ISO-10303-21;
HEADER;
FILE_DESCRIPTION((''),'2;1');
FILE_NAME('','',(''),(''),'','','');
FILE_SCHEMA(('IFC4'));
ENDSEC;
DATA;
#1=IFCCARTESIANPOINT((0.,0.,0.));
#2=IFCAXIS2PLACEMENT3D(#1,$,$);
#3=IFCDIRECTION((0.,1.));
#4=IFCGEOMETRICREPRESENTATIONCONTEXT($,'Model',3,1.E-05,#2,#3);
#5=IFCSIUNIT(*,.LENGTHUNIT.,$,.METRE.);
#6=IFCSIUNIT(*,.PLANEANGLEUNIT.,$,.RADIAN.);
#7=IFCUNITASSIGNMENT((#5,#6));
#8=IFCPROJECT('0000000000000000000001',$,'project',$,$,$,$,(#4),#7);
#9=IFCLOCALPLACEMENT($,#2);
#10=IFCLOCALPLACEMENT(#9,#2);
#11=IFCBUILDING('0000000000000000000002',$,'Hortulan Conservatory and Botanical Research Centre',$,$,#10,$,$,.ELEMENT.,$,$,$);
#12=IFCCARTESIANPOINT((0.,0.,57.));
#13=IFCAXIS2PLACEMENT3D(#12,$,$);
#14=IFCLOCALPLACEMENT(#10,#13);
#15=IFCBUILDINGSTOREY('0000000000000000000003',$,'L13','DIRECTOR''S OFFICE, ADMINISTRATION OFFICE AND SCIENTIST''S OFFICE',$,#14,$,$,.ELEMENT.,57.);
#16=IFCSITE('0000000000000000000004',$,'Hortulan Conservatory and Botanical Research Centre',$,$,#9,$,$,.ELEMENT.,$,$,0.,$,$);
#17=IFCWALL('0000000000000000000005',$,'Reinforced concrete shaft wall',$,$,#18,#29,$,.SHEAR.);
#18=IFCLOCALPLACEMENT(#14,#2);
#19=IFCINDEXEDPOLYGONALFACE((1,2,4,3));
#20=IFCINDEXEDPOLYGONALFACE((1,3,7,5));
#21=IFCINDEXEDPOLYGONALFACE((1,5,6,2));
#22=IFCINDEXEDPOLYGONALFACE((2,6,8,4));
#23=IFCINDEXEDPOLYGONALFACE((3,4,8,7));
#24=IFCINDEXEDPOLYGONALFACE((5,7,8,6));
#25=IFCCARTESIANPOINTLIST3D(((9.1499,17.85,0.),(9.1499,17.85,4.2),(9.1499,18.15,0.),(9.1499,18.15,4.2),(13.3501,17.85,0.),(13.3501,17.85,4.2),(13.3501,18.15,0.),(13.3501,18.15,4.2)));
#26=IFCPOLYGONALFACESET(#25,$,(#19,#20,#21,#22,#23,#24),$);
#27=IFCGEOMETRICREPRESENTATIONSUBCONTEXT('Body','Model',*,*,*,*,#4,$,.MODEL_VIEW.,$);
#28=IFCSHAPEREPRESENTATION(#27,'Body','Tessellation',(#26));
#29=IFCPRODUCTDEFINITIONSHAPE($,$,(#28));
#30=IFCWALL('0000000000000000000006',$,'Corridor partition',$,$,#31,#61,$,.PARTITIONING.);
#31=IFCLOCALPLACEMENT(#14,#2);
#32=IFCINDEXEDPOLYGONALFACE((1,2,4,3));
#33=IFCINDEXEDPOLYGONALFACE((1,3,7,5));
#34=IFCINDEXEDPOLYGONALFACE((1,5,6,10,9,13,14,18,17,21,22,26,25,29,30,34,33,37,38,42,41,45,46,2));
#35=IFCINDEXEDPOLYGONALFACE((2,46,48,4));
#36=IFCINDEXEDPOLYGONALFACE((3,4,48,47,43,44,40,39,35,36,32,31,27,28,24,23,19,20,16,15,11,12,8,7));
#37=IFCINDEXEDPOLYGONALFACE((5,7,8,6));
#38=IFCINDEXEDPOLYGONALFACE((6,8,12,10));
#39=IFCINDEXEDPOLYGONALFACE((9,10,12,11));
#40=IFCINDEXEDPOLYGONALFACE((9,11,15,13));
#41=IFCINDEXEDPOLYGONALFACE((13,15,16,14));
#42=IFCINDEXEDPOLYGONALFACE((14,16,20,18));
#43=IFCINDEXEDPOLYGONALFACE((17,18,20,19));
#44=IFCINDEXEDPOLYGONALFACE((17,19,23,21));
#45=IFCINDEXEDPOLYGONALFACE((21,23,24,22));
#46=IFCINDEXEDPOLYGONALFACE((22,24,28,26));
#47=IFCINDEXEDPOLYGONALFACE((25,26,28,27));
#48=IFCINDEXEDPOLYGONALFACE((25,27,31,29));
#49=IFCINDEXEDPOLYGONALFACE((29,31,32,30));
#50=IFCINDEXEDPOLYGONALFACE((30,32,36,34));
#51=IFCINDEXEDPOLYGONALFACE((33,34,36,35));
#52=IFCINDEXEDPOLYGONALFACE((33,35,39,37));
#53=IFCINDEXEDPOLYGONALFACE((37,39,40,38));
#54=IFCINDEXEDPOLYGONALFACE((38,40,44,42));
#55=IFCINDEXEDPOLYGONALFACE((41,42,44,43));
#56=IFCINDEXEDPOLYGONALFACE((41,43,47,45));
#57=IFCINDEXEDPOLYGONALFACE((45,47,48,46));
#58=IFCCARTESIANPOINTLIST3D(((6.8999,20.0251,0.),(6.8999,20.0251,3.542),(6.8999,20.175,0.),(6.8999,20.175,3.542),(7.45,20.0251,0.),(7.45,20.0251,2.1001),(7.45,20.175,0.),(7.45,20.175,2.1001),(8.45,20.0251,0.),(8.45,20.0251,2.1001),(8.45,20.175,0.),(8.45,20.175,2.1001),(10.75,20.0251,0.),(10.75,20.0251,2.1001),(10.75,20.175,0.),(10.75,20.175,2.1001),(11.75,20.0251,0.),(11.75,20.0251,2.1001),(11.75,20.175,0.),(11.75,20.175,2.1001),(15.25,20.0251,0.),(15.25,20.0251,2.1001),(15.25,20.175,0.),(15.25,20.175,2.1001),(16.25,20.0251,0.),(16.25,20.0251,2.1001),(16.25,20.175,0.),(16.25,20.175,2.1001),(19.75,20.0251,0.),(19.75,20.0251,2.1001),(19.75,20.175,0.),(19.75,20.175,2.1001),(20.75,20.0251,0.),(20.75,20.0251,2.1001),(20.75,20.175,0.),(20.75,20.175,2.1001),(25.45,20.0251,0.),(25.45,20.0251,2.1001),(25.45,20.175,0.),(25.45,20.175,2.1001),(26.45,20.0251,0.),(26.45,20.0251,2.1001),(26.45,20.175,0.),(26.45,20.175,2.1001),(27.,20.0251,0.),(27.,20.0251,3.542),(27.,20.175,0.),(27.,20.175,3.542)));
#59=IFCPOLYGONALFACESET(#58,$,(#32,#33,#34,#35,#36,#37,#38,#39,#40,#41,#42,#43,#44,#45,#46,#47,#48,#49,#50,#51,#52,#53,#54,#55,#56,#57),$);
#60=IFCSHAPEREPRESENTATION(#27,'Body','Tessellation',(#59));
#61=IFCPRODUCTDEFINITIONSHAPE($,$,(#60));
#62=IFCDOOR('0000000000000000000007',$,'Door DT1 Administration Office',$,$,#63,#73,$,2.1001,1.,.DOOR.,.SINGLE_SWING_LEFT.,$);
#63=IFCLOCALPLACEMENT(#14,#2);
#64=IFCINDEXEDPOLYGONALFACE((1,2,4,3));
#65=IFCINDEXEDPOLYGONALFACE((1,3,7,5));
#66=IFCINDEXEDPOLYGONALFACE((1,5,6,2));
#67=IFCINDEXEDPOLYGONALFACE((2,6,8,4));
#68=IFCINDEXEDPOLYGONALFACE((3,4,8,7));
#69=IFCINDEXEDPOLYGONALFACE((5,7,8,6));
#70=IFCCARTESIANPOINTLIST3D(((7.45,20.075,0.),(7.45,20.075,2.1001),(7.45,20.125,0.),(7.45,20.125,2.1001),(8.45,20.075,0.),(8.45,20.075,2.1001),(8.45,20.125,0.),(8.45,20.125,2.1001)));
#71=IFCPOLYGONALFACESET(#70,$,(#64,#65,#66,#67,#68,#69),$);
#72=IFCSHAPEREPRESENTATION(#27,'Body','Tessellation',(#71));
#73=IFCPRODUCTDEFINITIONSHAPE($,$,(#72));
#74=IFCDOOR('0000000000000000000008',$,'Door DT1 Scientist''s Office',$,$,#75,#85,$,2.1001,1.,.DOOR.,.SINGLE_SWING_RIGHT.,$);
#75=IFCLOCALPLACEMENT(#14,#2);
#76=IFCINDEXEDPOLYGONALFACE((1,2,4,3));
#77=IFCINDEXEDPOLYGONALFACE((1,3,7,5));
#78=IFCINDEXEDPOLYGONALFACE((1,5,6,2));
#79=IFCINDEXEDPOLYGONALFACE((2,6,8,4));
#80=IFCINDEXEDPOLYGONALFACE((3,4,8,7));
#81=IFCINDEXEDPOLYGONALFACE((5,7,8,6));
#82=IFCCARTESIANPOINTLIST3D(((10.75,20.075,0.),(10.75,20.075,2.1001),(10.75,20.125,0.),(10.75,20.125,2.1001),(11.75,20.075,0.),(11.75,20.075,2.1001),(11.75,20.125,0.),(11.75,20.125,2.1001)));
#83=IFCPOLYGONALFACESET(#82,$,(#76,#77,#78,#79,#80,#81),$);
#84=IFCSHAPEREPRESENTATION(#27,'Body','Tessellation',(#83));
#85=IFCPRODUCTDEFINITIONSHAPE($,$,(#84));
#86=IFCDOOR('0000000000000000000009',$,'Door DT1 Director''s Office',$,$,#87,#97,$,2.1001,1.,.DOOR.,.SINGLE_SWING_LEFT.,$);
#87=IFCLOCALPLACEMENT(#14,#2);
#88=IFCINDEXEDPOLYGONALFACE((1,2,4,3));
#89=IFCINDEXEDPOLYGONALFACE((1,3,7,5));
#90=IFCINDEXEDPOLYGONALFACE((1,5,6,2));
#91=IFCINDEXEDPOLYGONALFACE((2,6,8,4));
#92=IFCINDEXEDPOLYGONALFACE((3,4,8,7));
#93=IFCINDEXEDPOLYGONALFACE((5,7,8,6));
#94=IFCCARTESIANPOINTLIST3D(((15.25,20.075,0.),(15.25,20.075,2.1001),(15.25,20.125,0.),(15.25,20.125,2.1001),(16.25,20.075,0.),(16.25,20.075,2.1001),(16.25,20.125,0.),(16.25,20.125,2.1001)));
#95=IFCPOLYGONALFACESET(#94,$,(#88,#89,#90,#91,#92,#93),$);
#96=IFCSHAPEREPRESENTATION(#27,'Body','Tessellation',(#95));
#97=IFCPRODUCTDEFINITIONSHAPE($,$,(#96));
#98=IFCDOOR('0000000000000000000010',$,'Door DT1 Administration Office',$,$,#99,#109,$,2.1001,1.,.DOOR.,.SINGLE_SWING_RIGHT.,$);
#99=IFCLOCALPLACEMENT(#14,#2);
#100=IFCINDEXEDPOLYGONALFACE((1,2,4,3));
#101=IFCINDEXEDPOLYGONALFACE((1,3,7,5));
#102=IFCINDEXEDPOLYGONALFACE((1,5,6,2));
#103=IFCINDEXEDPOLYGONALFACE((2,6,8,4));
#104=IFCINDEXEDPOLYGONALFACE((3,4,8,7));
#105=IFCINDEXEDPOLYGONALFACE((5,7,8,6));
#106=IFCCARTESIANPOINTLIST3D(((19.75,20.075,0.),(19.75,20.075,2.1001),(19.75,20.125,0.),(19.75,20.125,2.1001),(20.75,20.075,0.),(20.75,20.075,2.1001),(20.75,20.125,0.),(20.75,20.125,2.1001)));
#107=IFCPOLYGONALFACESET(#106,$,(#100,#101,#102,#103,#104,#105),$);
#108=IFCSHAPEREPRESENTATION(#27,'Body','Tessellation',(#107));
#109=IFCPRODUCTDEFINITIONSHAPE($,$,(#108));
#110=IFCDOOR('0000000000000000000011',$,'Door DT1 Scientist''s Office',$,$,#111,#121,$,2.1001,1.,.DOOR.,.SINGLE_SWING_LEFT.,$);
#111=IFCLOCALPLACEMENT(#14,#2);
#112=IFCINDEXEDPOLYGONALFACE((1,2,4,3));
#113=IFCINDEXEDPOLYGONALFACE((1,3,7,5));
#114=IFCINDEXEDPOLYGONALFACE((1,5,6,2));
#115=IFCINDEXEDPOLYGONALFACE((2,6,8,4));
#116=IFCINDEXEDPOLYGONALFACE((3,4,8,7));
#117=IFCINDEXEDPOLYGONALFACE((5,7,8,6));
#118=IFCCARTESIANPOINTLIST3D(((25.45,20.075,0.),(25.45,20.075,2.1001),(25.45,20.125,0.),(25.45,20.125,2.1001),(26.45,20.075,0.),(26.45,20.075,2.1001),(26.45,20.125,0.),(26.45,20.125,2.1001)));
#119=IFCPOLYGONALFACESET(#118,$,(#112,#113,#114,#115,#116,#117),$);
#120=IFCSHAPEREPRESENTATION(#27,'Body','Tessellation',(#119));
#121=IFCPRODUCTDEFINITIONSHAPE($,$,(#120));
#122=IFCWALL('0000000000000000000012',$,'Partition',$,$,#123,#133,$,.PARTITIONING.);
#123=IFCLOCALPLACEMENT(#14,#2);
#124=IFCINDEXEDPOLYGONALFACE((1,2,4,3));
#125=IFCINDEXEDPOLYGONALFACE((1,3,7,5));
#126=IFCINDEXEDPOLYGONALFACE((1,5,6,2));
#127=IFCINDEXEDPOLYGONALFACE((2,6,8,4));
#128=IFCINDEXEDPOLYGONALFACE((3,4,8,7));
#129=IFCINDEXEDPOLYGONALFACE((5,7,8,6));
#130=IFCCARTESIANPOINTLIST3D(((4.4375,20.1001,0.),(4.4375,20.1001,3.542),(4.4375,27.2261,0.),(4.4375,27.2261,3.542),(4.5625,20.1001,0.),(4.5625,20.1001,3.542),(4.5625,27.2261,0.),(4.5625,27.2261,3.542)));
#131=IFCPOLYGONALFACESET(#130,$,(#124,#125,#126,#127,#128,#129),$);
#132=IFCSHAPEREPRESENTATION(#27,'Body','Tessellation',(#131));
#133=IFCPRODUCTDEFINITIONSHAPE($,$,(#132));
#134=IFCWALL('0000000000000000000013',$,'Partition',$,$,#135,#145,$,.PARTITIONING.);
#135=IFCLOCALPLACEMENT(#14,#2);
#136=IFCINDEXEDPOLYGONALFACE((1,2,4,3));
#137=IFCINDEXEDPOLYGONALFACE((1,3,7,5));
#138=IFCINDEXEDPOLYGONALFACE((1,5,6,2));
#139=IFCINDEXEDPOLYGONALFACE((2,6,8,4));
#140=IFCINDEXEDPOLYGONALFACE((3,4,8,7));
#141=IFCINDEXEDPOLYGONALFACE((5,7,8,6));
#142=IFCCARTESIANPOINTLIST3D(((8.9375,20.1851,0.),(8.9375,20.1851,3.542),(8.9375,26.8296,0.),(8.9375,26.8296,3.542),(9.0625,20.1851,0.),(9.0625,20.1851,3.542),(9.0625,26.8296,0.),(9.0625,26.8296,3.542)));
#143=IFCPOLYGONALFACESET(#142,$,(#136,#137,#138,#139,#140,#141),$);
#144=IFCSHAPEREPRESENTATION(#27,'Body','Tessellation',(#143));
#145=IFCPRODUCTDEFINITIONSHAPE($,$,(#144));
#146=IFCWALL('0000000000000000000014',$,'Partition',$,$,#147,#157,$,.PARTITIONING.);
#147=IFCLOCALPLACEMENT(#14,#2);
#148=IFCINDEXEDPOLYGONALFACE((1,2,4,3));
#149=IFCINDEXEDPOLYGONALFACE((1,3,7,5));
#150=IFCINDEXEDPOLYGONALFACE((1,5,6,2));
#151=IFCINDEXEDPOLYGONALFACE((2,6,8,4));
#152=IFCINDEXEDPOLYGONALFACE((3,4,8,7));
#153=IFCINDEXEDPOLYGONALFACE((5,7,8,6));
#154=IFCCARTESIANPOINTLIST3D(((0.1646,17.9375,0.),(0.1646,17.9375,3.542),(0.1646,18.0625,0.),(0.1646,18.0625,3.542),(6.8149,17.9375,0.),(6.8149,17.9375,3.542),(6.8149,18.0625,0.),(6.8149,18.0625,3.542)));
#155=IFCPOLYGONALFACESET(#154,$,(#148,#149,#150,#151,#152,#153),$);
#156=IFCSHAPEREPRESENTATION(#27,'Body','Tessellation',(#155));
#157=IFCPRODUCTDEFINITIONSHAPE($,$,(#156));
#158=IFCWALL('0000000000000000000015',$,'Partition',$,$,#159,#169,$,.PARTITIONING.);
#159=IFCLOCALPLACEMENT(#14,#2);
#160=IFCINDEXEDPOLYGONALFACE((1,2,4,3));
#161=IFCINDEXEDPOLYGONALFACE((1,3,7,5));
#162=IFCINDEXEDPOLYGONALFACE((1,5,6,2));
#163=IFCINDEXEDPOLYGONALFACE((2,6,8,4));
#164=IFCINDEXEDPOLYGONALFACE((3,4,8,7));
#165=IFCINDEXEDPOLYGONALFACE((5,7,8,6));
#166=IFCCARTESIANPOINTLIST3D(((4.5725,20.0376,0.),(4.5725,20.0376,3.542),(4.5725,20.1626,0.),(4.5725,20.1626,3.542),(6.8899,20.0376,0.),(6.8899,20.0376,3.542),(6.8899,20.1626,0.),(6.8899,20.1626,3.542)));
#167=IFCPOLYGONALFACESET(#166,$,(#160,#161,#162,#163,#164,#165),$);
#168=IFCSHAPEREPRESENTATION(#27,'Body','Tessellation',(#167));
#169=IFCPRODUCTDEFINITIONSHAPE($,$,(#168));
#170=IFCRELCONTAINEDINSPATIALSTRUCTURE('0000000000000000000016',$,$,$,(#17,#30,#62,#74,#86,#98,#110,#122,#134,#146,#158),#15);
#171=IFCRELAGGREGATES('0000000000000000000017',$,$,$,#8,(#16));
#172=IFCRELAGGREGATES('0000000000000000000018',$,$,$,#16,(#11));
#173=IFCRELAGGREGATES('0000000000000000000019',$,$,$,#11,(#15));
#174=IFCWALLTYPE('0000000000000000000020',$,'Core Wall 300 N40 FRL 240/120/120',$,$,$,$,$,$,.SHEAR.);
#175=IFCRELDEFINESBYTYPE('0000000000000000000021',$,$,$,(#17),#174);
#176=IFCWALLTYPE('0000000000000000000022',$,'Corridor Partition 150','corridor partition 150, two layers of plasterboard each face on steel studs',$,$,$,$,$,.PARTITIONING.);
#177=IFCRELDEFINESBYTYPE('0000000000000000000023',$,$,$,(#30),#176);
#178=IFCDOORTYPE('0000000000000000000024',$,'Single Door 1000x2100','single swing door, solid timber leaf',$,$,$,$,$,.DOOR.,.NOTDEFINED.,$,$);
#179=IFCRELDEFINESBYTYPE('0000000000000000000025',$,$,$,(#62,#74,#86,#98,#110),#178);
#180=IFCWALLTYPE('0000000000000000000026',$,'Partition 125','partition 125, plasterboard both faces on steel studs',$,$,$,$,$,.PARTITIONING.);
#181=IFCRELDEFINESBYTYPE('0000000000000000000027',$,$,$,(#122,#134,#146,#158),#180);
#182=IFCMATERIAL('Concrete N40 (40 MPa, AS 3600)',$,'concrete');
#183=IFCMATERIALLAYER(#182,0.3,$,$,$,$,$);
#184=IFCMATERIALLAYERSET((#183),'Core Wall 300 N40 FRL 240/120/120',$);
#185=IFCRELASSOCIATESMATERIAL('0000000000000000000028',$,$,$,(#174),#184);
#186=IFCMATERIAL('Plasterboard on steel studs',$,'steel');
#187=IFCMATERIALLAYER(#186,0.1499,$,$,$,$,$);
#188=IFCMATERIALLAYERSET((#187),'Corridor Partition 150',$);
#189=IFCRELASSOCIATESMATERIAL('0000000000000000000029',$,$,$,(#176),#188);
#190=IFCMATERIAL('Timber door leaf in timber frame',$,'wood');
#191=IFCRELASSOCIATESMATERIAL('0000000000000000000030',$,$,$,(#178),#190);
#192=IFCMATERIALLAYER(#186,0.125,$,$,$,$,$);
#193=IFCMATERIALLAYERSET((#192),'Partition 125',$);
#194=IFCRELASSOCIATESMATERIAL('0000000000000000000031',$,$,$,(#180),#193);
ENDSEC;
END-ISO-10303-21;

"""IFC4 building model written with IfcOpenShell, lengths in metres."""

from ifc_helpers import new_model, si_unit, direction, frame, frame_2d, origin, place, context, subcontext, project, spatial, rectangle, extrude, material, layer, layer_set, type_object, element, fill, save


model = new_model("IFC4")

# Units and contexts
model_context = context("Model", 3, precision=1e-05, world=origin(), true_north=direction((0.0, 1.0)))
body_context = subcontext(model_context, "Body", "Model", "MODEL_VIEW")
ifc_project = project(units=[si_unit("LENGTHUNIT", "METRE"), si_unit("PLANEANGLEUNIT", "RADIAN")], contexts=[model_context])

# Site, building, storey
site_placement = place(None, origin())
site = spatial("IfcSite", under=ifc_project, at=site_placement, Name="Hortulan Conservatory and Botanical Research Centre", CompositionType="ELEMENT", RefElevation=0.0)
building_placement = place(site_placement, origin())
building = spatial("IfcBuilding", under=site, at=building_placement, Name="Hortulan Conservatory and Botanical Research Centre", CompositionType="ELEMENT")
storey_placement = place(building_placement, frame((0.0, 0.0, 57.0)))
storey = spatial("IfcBuildingStorey", under=building, at=storey_placement, Name="L13", Description="DIRECTOR'S OFFICE, ADMINISTRATION OFFICE AND SCIENTIST'S OFFICE", CompositionType="ELEMENT", Elevation=57.0)

# Wall
ifc_material_1 = material(Name="Concrete N40 (40 MPa, AS 3600)", Category="concrete")
ifc_layer_1 = layer(ifc_material_1, 0.3)
ifc_layer_set_1 = layer_set([ifc_layer_1], Name="Core Wall 300 N40 FRL 240/120/120")
wall_type_1 = type_object("IfcWallType", Name="Core Wall 300 N40 FRL 240/120/120", PredefinedType="SHEAR", material=ifc_layer_set_1)
wall_1_placement = place(storey_placement, frame((9.1499, 18.0, 0.0), z_axis=(0.0, 0.0, 1.0), x_axis=(1.0, 0.0, 0.0)))
element("IfcWall", 1, at=wall_1_placement, inside=storey, type_object=wall_type_1, Name="Reinforced concrete shaft wall", PredefinedType="SHEAR", context=body_context, shape_type="SweptSolid", body=[
    extrude(rectangle(XDim=4.2002, YDim=0.3, at=frame_2d((2.1001, 0.0))), origin(), (0.0, 0.0, 1.0), 4.2),
])

# Wall, openings, doors
ifc_material_2 = material(Name="Plasterboard on steel studs", Category="steel")
ifc_layer_2 = layer(ifc_material_2, 0.1499)
ifc_layer_set_2 = layer_set([ifc_layer_2], Name="Corridor Partition 150")
wall_type_2 = type_object("IfcWallType", Name="Corridor Partition 150", Description="corridor partition 150, two layers of plasterboard each face on steel studs", PredefinedType="PARTITIONING", material=ifc_layer_set_2)
wall_2_placement = place(storey_placement, frame((6.8999, 20.1001, 0.0), z_axis=(0.0, 0.0, 1.0), x_axis=(1.0, 0.0, 0.0)))
wall_2 = element("IfcWall", 2, at=wall_2_placement, inside=storey, type_object=wall_type_2, Name="Corridor partition", PredefinedType="PARTITIONING", context=body_context, shape_type="SweptSolid", body=[
    extrude(rectangle(XDim=20.1001, YDim=0.1499, at=frame_2d((10.05, 0.0))), origin(), (0.0, 0.0, 1.0), 3.542),
])
opening_1_placement = place(wall_2_placement, frame((0.55, 0.0, 0.0)))
opening_1 = element("IfcOpeningElement", 3, at=opening_1_placement, cuts=wall_2, PredefinedType="OPENING", context=body_context, shape_type="SweptSolid", body=[
    extrude(rectangle(XDim=1.0, YDim=2.1001, at=frame_2d((0.5, 1.05))), frame((0.0, 0.085, 0.0), z_axis=(0.0, -1.0, 0.0), x_axis=(1.0, 0.0, 0.0)), (0.0, 0.0, 1.0), 0.1699),
])
opening_2_placement = place(wall_2_placement, frame((3.8501, 0.0, 0.0)))
opening_2 = element("IfcOpeningElement", 4, at=opening_2_placement, cuts=wall_2, PredefinedType="OPENING", context=body_context, shape_type="SweptSolid", body=[
    extrude(rectangle(XDim=1.0, YDim=2.1001, at=frame_2d((0.5, 1.05))), frame((0.0, 0.085, 0.0), z_axis=(0.0, -1.0, 0.0), x_axis=(1.0, 0.0, 0.0)), (0.0, 0.0, 1.0), 0.1699),
])
opening_3_placement = place(wall_2_placement, frame((8.3501, 0.0, 0.0)))
opening_3 = element("IfcOpeningElement", 5, at=opening_3_placement, cuts=wall_2, PredefinedType="OPENING", context=body_context, shape_type="SweptSolid", body=[
    extrude(rectangle(XDim=1.0, YDim=2.1001, at=frame_2d((0.5, 1.05))), frame((0.0, 0.085, 0.0), z_axis=(0.0, -1.0, 0.0), x_axis=(1.0, 0.0, 0.0)), (0.0, 0.0, 1.0), 0.1699),
])
opening_4_placement = place(wall_2_placement, frame((12.8501, 0.0, 0.0)))
opening_4 = element("IfcOpeningElement", 6, at=opening_4_placement, cuts=wall_2, PredefinedType="OPENING", context=body_context, shape_type="SweptSolid", body=[
    extrude(rectangle(XDim=1.0, YDim=2.1001, at=frame_2d((0.5, 1.05))), frame((0.0, 0.085, 0.0), z_axis=(0.0, -1.0, 0.0), x_axis=(1.0, 0.0, 0.0)), (0.0, 0.0, 1.0), 0.1699),
])
opening_5_placement = place(wall_2_placement, frame((18.55, 0.0, 0.0)))
opening_5 = element("IfcOpeningElement", 7, at=opening_5_placement, cuts=wall_2, PredefinedType="OPENING", context=body_context, shape_type="SweptSolid", body=[
    extrude(rectangle(XDim=1.0, YDim=2.1001, at=frame_2d((0.5, 1.05))), frame((0.0, 0.085, 0.0), z_axis=(0.0, -1.0, 0.0), x_axis=(1.0, 0.0, 0.0)), (0.0, 0.0, 1.0), 0.1699),
])
ifc_material_3 = material(Name="Timber door leaf in timber frame", Category="wood")
door_type = type_object("IfcDoorType", Name="Single Door 1000x2100", Description="single swing door, solid timber leaf", OperationType="NOTDEFINED", PredefinedType="DOOR", material=ifc_material_3)
door_1_placement = place(opening_1_placement, origin())
door_1 = element("IfcDoor", 8, at=door_1_placement, inside=storey, type_object=door_type, Name="Door DT1 Administration Office", OperationType="SINGLE_SWING_LEFT", OverallHeight=2.1001, OverallWidth=1.0, PredefinedType="DOOR", context=body_context, shape_type="SweptSolid", body=[
    extrude(rectangle(XDim=1.0, YDim=2.1001, at=frame_2d((0.5, 1.05))), frame((0.0, 0.0249, 0.0), z_axis=(0.0, -1.0, 0.0), x_axis=(1.0, 0.0, 0.0)), (0.0, 0.0, 1.0), 0.05),
])
fill(opening_1, door_1)
door_2_placement = place(opening_2_placement, origin())
door_2 = element("IfcDoor", 9, at=door_2_placement, inside=storey, type_object=door_type, Name="Door DT1 Scientist's Office", OperationType="SINGLE_SWING_RIGHT", OverallHeight=2.1001, OverallWidth=1.0, PredefinedType="DOOR", context=body_context, shape_type="SweptSolid", body=[
    extrude(rectangle(XDim=1.0, YDim=2.1001, at=frame_2d((0.5, 1.05))), frame((0.0, 0.0249, 0.0), z_axis=(0.0, -1.0, 0.0), x_axis=(1.0, 0.0, 0.0)), (0.0, 0.0, 1.0), 0.05),
])
fill(opening_2, door_2)
door_3_placement = place(opening_3_placement, origin())
door_3 = element("IfcDoor", 10, at=door_3_placement, inside=storey, type_object=door_type, Name="Door DT1 Director's Office", OperationType="SINGLE_SWING_LEFT", OverallHeight=2.1001, OverallWidth=1.0, PredefinedType="DOOR", context=body_context, shape_type="SweptSolid", body=[
    extrude(rectangle(XDim=1.0, YDim=2.1001, at=frame_2d((0.5, 1.05))), frame((0.0, 0.0249, 0.0), z_axis=(0.0, -1.0, 0.0), x_axis=(1.0, 0.0, 0.0)), (0.0, 0.0, 1.0), 0.05),
])
fill(opening_3, door_3)
door_4_placement = place(opening_4_placement, origin())
door_4 = element("IfcDoor", 11, at=door_4_placement, inside=storey, type_object=door_type, Name="Door DT1 Administration Office", OperationType="SINGLE_SWING_RIGHT", OverallHeight=2.1001, OverallWidth=1.0, PredefinedType="DOOR", context=body_context, shape_type="SweptSolid", body=[
    extrude(rectangle(XDim=1.0, YDim=2.1001, at=frame_2d((0.5, 1.05))), frame((0.0, 0.0249, 0.0), z_axis=(0.0, -1.0, 0.0), x_axis=(1.0, 0.0, 0.0)), (0.0, 0.0, 1.0), 0.05),
])
fill(opening_4, door_4)
door_5_placement = place(opening_5_placement, origin())
door_5 = element("IfcDoor", 12, at=door_5_placement, inside=storey, type_object=door_type, Name="Door DT1 Scientist's Office", OperationType="SINGLE_SWING_LEFT", OverallHeight=2.1001, OverallWidth=1.0, PredefinedType="DOOR", context=body_context, shape_type="SweptSolid", body=[
    extrude(rectangle(XDim=1.0, YDim=2.1001, at=frame_2d((0.5, 1.05))), frame((0.0, 0.0249, 0.0), z_axis=(0.0, -1.0, 0.0), x_axis=(1.0, 0.0, 0.0)), (0.0, 0.0, 1.0), 0.05),
])
fill(opening_5, door_5)

# Walls
ifc_layer_3 = layer(ifc_material_2, 0.125)
ifc_layer_set_3 = layer_set([ifc_layer_3], Name="Partition 125")
wall_type_3 = type_object("IfcWallType", Name="Partition 125", Description="partition 125, plasterboard both faces on steel studs", PredefinedType="PARTITIONING", material=ifc_layer_set_3)
wall_3_placement = place(storey_placement, frame((4.5, 20.1001, 0.0), z_axis=(0.0, 0.0, 1.0), x_axis=(0.0, 1.0, 0.0)))
element("IfcWall", 13, at=wall_3_placement, inside=storey, type_object=wall_type_3, Name="Partition", PredefinedType="PARTITIONING", context=body_context, shape_type="SweptSolid", body=[
    extrude(rectangle(XDim=7.126, YDim=0.125, at=frame_2d((3.563, 0.0))), origin(), (0.0, 0.0, 1.0), 3.542),
])
wall_4_placement = place(storey_placement, frame((9.0, 20.1851, 0.0), z_axis=(0.0, 0.0, 1.0), x_axis=(0.0, 1.0, 0.0)))
element("IfcWall", 14, at=wall_4_placement, inside=storey, type_object=wall_type_3, Name="Partition", PredefinedType="PARTITIONING", context=body_context, shape_type="SweptSolid", body=[
    extrude(rectangle(XDim=6.6445, YDim=0.125, at=frame_2d((3.3223, 0.0))), origin(), (0.0, 0.0, 1.0), 3.542),
])
wall_5_placement = place(storey_placement, frame((0.1646, 18.0, 0.0), z_axis=(0.0, 0.0, 1.0), x_axis=(1.0, 0.0, 0.0)))
element("IfcWall", 15, at=wall_5_placement, inside=storey, type_object=wall_type_3, Name="Partition", PredefinedType="PARTITIONING", context=body_context, shape_type="SweptSolid", body=[
    extrude(rectangle(XDim=6.6504, YDim=0.125, at=frame_2d((3.3252, 0.0))), origin(), (0.0, 0.0, 1.0), 3.542),
])
wall_6_placement = place(storey_placement, frame((4.5725, 20.1001, 0.0), z_axis=(0.0, 0.0, 1.0), x_axis=(1.0, 0.0, 0.0)))
element("IfcWall", 16, at=wall_6_placement, inside=storey, type_object=wall_type_3, Name="Partition", PredefinedType="PARTITIONING", context=body_context, shape_type="SweptSolid", body=[
    extrude(rectangle(XDim=2.3174, YDim=0.125, at=frame_2d((1.1587, 0.0))), origin(), (0.0, 0.0, 1.0), 3.542),
])

save(model, "model.ifc")
